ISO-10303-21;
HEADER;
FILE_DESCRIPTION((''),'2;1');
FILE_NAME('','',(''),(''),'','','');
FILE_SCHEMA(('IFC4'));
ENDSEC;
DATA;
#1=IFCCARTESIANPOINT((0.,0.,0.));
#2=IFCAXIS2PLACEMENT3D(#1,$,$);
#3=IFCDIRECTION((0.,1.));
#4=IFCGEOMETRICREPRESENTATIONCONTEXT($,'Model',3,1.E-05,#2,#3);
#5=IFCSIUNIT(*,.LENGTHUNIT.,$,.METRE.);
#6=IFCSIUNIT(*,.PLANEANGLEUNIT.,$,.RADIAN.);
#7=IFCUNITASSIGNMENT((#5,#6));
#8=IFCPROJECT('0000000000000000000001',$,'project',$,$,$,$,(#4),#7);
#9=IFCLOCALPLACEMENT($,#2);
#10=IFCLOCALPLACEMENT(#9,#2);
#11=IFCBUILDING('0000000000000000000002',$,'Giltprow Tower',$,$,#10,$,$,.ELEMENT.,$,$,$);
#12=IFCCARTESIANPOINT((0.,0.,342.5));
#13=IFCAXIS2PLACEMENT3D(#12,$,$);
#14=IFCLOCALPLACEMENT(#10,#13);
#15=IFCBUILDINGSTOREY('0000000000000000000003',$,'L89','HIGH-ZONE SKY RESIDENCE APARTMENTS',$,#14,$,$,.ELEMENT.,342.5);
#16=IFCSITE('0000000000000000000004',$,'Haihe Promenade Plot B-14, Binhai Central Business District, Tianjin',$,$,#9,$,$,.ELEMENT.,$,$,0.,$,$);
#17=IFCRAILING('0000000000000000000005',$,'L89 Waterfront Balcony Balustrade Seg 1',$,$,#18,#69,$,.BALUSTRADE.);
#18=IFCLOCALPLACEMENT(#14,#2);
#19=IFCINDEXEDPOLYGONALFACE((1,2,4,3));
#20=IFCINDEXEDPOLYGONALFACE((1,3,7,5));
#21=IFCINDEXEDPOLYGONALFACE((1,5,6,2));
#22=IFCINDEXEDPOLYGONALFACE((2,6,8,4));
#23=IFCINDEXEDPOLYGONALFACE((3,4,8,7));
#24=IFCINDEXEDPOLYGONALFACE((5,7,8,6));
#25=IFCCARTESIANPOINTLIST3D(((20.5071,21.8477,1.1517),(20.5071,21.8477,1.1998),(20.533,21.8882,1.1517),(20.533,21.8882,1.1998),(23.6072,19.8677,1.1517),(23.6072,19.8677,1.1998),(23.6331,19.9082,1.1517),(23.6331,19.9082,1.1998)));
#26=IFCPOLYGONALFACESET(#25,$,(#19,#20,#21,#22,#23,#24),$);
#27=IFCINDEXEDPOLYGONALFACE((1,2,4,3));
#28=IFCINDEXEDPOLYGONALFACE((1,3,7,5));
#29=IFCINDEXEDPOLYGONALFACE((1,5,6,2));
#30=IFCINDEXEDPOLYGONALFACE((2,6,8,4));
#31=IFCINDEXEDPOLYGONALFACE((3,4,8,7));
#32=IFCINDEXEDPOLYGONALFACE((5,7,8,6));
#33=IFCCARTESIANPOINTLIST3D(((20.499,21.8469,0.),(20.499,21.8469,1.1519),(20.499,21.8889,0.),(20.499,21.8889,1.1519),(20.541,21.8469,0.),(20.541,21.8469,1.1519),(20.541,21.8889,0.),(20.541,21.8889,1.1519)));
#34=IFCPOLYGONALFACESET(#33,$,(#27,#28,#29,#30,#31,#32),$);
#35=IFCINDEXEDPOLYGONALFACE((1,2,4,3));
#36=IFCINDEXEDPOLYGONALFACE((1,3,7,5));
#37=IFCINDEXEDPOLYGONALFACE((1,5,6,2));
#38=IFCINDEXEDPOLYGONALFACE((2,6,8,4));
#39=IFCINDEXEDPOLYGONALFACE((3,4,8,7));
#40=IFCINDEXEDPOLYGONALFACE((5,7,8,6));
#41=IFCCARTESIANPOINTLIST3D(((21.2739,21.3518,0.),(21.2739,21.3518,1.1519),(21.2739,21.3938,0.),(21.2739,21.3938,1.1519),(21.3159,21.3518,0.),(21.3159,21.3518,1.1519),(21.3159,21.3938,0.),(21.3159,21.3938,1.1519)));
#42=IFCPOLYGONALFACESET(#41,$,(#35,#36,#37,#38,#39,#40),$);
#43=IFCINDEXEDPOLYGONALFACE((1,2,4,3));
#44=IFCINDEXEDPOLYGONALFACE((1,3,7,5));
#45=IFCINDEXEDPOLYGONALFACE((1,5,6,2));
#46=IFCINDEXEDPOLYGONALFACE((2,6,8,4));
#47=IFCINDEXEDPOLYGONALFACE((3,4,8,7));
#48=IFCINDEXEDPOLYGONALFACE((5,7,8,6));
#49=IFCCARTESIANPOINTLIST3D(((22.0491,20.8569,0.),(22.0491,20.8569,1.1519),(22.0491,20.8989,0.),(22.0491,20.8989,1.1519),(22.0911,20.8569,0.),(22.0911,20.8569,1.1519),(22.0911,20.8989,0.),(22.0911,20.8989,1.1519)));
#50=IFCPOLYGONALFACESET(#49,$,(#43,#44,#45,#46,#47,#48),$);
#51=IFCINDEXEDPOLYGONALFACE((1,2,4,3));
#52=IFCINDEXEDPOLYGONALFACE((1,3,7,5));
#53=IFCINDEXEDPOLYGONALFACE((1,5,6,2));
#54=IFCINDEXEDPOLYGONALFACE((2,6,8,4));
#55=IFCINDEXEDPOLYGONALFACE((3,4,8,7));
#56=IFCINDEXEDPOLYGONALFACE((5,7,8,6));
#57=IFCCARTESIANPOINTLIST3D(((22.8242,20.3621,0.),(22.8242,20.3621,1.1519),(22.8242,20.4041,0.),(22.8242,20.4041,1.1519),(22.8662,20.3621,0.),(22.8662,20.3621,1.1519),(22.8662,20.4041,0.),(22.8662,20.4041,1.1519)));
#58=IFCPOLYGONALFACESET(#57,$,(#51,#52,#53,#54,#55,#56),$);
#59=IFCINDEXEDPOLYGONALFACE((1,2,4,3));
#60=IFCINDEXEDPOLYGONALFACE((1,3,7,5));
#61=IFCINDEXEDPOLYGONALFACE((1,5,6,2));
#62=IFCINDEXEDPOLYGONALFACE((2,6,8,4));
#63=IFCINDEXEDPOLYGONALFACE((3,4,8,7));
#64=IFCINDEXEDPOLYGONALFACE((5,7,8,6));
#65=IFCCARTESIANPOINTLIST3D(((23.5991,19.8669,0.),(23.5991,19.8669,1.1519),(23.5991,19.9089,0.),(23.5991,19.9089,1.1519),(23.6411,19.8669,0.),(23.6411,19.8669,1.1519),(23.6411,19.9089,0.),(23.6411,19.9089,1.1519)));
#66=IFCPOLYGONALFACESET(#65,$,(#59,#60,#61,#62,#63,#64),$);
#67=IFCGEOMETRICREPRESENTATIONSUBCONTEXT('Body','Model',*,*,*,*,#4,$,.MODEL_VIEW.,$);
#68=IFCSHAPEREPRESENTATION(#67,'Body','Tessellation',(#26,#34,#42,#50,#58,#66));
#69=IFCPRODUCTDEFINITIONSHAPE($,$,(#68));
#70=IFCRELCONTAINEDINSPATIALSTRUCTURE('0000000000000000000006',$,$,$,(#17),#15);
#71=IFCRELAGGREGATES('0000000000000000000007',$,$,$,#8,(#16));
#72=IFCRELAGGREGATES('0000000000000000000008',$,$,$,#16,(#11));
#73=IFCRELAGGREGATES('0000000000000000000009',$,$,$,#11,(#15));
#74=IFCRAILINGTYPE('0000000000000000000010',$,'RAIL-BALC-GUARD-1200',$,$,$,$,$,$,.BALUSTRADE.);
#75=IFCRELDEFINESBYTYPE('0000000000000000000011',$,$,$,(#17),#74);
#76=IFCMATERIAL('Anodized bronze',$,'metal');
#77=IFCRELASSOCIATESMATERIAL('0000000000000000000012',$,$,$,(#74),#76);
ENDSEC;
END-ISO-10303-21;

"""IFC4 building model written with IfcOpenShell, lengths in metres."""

from ifc_helpers import new_model, si_unit, direction, frame, origin, origin_2d, place, context, subcontext, project, spatial, rectangle, extrude, material, type_object, element, save


model = new_model("IFC4")

# Units and contexts
model_context = context("Model", 3, precision=1e-05, world=origin(), true_north=direction((0.0, 1.0)))
body_context = subcontext(model_context, "Body", "Model", "MODEL_VIEW")
ifc_project = project(units=[si_unit("LENGTHUNIT", "METRE"), si_unit("PLANEANGLEUNIT", "RADIAN")], contexts=[model_context])

# Site, building, storey
site_placement = place(None, origin())
site = spatial("IfcSite", under=ifc_project, at=site_placement, Name="Haihe Promenade Plot B-14, Binhai Central Business District, Tianjin", CompositionType="ELEMENT", RefElevation=0.0)
building_placement = place(site_placement, origin())
building = spatial("IfcBuilding", under=site, at=building_placement, Name="Giltprow Tower", CompositionType="ELEMENT")
storey_placement = place(building_placement, frame((0.0, 0.0, 342.5)))
storey = spatial("IfcBuildingStorey", under=building, at=storey_placement, Name="L89", Description="HIGH-ZONE SKY RESIDENCE APARTMENTS", CompositionType="ELEMENT", Elevation=342.5)

# Shared definitions
ifc_material_1 = material(Name="Anodized bronze", Category="metal")

# Railing
railing_type = type_object("IfcRailingType", Name="RAIL-BALC-GUARD-1200", PredefinedType="BALUSTRADE", material=ifc_material_1)
railing_1_placement = place(storey_placement, frame((20.52, 21.8679, 0.0)))
element("IfcRailing", 1, at=railing_1_placement, inside=storey, type_object=railing_type, Name="L89 Waterfront Balcony Balustrade Seg 1", PredefinedType="BALUSTRADE", context=body_context, shape_type="SweptSolid", body=[
    extrude(rectangle(XDim=0.0481, YDim=0.0481, at=origin_2d()), frame((0.0, 0.0, 1.1758), z_axis=(0.842775, -0.538266, 0.0), x_axis=(0.538266, 0.842775, 0.0)), (0.0, 0.0, 1.0), 3.6785),
    extrude(rectangle(XDim=0.042, YDim=0.042, at=origin_2d()), origin(), (0.0, 0.0, 1.0), 1.1519),
    extrude(rectangle(XDim=0.042, YDim=0.042, at=origin_2d()), frame((0.7749, -0.4951, 0.0)), (0.0, 0.0, 1.0), 1.1519),
    extrude(rectangle(XDim=0.042, YDim=0.042, at=origin_2d()), frame((1.55, -0.99, 0.0)), (0.0, 0.0, 1.0), 1.1519),
    extrude(rectangle(XDim=0.042, YDim=0.042, at=origin_2d()), frame((2.3252, -1.4849, 0.0)), (0.0, 0.0, 1.0), 1.1519),
    extrude(rectangle(XDim=0.042, YDim=0.042, at=origin_2d()), frame((3.1001, -1.98, 0.0)), (0.0, 0.0, 1.0), 1.1519),
])

save(model, "model.ifc")
